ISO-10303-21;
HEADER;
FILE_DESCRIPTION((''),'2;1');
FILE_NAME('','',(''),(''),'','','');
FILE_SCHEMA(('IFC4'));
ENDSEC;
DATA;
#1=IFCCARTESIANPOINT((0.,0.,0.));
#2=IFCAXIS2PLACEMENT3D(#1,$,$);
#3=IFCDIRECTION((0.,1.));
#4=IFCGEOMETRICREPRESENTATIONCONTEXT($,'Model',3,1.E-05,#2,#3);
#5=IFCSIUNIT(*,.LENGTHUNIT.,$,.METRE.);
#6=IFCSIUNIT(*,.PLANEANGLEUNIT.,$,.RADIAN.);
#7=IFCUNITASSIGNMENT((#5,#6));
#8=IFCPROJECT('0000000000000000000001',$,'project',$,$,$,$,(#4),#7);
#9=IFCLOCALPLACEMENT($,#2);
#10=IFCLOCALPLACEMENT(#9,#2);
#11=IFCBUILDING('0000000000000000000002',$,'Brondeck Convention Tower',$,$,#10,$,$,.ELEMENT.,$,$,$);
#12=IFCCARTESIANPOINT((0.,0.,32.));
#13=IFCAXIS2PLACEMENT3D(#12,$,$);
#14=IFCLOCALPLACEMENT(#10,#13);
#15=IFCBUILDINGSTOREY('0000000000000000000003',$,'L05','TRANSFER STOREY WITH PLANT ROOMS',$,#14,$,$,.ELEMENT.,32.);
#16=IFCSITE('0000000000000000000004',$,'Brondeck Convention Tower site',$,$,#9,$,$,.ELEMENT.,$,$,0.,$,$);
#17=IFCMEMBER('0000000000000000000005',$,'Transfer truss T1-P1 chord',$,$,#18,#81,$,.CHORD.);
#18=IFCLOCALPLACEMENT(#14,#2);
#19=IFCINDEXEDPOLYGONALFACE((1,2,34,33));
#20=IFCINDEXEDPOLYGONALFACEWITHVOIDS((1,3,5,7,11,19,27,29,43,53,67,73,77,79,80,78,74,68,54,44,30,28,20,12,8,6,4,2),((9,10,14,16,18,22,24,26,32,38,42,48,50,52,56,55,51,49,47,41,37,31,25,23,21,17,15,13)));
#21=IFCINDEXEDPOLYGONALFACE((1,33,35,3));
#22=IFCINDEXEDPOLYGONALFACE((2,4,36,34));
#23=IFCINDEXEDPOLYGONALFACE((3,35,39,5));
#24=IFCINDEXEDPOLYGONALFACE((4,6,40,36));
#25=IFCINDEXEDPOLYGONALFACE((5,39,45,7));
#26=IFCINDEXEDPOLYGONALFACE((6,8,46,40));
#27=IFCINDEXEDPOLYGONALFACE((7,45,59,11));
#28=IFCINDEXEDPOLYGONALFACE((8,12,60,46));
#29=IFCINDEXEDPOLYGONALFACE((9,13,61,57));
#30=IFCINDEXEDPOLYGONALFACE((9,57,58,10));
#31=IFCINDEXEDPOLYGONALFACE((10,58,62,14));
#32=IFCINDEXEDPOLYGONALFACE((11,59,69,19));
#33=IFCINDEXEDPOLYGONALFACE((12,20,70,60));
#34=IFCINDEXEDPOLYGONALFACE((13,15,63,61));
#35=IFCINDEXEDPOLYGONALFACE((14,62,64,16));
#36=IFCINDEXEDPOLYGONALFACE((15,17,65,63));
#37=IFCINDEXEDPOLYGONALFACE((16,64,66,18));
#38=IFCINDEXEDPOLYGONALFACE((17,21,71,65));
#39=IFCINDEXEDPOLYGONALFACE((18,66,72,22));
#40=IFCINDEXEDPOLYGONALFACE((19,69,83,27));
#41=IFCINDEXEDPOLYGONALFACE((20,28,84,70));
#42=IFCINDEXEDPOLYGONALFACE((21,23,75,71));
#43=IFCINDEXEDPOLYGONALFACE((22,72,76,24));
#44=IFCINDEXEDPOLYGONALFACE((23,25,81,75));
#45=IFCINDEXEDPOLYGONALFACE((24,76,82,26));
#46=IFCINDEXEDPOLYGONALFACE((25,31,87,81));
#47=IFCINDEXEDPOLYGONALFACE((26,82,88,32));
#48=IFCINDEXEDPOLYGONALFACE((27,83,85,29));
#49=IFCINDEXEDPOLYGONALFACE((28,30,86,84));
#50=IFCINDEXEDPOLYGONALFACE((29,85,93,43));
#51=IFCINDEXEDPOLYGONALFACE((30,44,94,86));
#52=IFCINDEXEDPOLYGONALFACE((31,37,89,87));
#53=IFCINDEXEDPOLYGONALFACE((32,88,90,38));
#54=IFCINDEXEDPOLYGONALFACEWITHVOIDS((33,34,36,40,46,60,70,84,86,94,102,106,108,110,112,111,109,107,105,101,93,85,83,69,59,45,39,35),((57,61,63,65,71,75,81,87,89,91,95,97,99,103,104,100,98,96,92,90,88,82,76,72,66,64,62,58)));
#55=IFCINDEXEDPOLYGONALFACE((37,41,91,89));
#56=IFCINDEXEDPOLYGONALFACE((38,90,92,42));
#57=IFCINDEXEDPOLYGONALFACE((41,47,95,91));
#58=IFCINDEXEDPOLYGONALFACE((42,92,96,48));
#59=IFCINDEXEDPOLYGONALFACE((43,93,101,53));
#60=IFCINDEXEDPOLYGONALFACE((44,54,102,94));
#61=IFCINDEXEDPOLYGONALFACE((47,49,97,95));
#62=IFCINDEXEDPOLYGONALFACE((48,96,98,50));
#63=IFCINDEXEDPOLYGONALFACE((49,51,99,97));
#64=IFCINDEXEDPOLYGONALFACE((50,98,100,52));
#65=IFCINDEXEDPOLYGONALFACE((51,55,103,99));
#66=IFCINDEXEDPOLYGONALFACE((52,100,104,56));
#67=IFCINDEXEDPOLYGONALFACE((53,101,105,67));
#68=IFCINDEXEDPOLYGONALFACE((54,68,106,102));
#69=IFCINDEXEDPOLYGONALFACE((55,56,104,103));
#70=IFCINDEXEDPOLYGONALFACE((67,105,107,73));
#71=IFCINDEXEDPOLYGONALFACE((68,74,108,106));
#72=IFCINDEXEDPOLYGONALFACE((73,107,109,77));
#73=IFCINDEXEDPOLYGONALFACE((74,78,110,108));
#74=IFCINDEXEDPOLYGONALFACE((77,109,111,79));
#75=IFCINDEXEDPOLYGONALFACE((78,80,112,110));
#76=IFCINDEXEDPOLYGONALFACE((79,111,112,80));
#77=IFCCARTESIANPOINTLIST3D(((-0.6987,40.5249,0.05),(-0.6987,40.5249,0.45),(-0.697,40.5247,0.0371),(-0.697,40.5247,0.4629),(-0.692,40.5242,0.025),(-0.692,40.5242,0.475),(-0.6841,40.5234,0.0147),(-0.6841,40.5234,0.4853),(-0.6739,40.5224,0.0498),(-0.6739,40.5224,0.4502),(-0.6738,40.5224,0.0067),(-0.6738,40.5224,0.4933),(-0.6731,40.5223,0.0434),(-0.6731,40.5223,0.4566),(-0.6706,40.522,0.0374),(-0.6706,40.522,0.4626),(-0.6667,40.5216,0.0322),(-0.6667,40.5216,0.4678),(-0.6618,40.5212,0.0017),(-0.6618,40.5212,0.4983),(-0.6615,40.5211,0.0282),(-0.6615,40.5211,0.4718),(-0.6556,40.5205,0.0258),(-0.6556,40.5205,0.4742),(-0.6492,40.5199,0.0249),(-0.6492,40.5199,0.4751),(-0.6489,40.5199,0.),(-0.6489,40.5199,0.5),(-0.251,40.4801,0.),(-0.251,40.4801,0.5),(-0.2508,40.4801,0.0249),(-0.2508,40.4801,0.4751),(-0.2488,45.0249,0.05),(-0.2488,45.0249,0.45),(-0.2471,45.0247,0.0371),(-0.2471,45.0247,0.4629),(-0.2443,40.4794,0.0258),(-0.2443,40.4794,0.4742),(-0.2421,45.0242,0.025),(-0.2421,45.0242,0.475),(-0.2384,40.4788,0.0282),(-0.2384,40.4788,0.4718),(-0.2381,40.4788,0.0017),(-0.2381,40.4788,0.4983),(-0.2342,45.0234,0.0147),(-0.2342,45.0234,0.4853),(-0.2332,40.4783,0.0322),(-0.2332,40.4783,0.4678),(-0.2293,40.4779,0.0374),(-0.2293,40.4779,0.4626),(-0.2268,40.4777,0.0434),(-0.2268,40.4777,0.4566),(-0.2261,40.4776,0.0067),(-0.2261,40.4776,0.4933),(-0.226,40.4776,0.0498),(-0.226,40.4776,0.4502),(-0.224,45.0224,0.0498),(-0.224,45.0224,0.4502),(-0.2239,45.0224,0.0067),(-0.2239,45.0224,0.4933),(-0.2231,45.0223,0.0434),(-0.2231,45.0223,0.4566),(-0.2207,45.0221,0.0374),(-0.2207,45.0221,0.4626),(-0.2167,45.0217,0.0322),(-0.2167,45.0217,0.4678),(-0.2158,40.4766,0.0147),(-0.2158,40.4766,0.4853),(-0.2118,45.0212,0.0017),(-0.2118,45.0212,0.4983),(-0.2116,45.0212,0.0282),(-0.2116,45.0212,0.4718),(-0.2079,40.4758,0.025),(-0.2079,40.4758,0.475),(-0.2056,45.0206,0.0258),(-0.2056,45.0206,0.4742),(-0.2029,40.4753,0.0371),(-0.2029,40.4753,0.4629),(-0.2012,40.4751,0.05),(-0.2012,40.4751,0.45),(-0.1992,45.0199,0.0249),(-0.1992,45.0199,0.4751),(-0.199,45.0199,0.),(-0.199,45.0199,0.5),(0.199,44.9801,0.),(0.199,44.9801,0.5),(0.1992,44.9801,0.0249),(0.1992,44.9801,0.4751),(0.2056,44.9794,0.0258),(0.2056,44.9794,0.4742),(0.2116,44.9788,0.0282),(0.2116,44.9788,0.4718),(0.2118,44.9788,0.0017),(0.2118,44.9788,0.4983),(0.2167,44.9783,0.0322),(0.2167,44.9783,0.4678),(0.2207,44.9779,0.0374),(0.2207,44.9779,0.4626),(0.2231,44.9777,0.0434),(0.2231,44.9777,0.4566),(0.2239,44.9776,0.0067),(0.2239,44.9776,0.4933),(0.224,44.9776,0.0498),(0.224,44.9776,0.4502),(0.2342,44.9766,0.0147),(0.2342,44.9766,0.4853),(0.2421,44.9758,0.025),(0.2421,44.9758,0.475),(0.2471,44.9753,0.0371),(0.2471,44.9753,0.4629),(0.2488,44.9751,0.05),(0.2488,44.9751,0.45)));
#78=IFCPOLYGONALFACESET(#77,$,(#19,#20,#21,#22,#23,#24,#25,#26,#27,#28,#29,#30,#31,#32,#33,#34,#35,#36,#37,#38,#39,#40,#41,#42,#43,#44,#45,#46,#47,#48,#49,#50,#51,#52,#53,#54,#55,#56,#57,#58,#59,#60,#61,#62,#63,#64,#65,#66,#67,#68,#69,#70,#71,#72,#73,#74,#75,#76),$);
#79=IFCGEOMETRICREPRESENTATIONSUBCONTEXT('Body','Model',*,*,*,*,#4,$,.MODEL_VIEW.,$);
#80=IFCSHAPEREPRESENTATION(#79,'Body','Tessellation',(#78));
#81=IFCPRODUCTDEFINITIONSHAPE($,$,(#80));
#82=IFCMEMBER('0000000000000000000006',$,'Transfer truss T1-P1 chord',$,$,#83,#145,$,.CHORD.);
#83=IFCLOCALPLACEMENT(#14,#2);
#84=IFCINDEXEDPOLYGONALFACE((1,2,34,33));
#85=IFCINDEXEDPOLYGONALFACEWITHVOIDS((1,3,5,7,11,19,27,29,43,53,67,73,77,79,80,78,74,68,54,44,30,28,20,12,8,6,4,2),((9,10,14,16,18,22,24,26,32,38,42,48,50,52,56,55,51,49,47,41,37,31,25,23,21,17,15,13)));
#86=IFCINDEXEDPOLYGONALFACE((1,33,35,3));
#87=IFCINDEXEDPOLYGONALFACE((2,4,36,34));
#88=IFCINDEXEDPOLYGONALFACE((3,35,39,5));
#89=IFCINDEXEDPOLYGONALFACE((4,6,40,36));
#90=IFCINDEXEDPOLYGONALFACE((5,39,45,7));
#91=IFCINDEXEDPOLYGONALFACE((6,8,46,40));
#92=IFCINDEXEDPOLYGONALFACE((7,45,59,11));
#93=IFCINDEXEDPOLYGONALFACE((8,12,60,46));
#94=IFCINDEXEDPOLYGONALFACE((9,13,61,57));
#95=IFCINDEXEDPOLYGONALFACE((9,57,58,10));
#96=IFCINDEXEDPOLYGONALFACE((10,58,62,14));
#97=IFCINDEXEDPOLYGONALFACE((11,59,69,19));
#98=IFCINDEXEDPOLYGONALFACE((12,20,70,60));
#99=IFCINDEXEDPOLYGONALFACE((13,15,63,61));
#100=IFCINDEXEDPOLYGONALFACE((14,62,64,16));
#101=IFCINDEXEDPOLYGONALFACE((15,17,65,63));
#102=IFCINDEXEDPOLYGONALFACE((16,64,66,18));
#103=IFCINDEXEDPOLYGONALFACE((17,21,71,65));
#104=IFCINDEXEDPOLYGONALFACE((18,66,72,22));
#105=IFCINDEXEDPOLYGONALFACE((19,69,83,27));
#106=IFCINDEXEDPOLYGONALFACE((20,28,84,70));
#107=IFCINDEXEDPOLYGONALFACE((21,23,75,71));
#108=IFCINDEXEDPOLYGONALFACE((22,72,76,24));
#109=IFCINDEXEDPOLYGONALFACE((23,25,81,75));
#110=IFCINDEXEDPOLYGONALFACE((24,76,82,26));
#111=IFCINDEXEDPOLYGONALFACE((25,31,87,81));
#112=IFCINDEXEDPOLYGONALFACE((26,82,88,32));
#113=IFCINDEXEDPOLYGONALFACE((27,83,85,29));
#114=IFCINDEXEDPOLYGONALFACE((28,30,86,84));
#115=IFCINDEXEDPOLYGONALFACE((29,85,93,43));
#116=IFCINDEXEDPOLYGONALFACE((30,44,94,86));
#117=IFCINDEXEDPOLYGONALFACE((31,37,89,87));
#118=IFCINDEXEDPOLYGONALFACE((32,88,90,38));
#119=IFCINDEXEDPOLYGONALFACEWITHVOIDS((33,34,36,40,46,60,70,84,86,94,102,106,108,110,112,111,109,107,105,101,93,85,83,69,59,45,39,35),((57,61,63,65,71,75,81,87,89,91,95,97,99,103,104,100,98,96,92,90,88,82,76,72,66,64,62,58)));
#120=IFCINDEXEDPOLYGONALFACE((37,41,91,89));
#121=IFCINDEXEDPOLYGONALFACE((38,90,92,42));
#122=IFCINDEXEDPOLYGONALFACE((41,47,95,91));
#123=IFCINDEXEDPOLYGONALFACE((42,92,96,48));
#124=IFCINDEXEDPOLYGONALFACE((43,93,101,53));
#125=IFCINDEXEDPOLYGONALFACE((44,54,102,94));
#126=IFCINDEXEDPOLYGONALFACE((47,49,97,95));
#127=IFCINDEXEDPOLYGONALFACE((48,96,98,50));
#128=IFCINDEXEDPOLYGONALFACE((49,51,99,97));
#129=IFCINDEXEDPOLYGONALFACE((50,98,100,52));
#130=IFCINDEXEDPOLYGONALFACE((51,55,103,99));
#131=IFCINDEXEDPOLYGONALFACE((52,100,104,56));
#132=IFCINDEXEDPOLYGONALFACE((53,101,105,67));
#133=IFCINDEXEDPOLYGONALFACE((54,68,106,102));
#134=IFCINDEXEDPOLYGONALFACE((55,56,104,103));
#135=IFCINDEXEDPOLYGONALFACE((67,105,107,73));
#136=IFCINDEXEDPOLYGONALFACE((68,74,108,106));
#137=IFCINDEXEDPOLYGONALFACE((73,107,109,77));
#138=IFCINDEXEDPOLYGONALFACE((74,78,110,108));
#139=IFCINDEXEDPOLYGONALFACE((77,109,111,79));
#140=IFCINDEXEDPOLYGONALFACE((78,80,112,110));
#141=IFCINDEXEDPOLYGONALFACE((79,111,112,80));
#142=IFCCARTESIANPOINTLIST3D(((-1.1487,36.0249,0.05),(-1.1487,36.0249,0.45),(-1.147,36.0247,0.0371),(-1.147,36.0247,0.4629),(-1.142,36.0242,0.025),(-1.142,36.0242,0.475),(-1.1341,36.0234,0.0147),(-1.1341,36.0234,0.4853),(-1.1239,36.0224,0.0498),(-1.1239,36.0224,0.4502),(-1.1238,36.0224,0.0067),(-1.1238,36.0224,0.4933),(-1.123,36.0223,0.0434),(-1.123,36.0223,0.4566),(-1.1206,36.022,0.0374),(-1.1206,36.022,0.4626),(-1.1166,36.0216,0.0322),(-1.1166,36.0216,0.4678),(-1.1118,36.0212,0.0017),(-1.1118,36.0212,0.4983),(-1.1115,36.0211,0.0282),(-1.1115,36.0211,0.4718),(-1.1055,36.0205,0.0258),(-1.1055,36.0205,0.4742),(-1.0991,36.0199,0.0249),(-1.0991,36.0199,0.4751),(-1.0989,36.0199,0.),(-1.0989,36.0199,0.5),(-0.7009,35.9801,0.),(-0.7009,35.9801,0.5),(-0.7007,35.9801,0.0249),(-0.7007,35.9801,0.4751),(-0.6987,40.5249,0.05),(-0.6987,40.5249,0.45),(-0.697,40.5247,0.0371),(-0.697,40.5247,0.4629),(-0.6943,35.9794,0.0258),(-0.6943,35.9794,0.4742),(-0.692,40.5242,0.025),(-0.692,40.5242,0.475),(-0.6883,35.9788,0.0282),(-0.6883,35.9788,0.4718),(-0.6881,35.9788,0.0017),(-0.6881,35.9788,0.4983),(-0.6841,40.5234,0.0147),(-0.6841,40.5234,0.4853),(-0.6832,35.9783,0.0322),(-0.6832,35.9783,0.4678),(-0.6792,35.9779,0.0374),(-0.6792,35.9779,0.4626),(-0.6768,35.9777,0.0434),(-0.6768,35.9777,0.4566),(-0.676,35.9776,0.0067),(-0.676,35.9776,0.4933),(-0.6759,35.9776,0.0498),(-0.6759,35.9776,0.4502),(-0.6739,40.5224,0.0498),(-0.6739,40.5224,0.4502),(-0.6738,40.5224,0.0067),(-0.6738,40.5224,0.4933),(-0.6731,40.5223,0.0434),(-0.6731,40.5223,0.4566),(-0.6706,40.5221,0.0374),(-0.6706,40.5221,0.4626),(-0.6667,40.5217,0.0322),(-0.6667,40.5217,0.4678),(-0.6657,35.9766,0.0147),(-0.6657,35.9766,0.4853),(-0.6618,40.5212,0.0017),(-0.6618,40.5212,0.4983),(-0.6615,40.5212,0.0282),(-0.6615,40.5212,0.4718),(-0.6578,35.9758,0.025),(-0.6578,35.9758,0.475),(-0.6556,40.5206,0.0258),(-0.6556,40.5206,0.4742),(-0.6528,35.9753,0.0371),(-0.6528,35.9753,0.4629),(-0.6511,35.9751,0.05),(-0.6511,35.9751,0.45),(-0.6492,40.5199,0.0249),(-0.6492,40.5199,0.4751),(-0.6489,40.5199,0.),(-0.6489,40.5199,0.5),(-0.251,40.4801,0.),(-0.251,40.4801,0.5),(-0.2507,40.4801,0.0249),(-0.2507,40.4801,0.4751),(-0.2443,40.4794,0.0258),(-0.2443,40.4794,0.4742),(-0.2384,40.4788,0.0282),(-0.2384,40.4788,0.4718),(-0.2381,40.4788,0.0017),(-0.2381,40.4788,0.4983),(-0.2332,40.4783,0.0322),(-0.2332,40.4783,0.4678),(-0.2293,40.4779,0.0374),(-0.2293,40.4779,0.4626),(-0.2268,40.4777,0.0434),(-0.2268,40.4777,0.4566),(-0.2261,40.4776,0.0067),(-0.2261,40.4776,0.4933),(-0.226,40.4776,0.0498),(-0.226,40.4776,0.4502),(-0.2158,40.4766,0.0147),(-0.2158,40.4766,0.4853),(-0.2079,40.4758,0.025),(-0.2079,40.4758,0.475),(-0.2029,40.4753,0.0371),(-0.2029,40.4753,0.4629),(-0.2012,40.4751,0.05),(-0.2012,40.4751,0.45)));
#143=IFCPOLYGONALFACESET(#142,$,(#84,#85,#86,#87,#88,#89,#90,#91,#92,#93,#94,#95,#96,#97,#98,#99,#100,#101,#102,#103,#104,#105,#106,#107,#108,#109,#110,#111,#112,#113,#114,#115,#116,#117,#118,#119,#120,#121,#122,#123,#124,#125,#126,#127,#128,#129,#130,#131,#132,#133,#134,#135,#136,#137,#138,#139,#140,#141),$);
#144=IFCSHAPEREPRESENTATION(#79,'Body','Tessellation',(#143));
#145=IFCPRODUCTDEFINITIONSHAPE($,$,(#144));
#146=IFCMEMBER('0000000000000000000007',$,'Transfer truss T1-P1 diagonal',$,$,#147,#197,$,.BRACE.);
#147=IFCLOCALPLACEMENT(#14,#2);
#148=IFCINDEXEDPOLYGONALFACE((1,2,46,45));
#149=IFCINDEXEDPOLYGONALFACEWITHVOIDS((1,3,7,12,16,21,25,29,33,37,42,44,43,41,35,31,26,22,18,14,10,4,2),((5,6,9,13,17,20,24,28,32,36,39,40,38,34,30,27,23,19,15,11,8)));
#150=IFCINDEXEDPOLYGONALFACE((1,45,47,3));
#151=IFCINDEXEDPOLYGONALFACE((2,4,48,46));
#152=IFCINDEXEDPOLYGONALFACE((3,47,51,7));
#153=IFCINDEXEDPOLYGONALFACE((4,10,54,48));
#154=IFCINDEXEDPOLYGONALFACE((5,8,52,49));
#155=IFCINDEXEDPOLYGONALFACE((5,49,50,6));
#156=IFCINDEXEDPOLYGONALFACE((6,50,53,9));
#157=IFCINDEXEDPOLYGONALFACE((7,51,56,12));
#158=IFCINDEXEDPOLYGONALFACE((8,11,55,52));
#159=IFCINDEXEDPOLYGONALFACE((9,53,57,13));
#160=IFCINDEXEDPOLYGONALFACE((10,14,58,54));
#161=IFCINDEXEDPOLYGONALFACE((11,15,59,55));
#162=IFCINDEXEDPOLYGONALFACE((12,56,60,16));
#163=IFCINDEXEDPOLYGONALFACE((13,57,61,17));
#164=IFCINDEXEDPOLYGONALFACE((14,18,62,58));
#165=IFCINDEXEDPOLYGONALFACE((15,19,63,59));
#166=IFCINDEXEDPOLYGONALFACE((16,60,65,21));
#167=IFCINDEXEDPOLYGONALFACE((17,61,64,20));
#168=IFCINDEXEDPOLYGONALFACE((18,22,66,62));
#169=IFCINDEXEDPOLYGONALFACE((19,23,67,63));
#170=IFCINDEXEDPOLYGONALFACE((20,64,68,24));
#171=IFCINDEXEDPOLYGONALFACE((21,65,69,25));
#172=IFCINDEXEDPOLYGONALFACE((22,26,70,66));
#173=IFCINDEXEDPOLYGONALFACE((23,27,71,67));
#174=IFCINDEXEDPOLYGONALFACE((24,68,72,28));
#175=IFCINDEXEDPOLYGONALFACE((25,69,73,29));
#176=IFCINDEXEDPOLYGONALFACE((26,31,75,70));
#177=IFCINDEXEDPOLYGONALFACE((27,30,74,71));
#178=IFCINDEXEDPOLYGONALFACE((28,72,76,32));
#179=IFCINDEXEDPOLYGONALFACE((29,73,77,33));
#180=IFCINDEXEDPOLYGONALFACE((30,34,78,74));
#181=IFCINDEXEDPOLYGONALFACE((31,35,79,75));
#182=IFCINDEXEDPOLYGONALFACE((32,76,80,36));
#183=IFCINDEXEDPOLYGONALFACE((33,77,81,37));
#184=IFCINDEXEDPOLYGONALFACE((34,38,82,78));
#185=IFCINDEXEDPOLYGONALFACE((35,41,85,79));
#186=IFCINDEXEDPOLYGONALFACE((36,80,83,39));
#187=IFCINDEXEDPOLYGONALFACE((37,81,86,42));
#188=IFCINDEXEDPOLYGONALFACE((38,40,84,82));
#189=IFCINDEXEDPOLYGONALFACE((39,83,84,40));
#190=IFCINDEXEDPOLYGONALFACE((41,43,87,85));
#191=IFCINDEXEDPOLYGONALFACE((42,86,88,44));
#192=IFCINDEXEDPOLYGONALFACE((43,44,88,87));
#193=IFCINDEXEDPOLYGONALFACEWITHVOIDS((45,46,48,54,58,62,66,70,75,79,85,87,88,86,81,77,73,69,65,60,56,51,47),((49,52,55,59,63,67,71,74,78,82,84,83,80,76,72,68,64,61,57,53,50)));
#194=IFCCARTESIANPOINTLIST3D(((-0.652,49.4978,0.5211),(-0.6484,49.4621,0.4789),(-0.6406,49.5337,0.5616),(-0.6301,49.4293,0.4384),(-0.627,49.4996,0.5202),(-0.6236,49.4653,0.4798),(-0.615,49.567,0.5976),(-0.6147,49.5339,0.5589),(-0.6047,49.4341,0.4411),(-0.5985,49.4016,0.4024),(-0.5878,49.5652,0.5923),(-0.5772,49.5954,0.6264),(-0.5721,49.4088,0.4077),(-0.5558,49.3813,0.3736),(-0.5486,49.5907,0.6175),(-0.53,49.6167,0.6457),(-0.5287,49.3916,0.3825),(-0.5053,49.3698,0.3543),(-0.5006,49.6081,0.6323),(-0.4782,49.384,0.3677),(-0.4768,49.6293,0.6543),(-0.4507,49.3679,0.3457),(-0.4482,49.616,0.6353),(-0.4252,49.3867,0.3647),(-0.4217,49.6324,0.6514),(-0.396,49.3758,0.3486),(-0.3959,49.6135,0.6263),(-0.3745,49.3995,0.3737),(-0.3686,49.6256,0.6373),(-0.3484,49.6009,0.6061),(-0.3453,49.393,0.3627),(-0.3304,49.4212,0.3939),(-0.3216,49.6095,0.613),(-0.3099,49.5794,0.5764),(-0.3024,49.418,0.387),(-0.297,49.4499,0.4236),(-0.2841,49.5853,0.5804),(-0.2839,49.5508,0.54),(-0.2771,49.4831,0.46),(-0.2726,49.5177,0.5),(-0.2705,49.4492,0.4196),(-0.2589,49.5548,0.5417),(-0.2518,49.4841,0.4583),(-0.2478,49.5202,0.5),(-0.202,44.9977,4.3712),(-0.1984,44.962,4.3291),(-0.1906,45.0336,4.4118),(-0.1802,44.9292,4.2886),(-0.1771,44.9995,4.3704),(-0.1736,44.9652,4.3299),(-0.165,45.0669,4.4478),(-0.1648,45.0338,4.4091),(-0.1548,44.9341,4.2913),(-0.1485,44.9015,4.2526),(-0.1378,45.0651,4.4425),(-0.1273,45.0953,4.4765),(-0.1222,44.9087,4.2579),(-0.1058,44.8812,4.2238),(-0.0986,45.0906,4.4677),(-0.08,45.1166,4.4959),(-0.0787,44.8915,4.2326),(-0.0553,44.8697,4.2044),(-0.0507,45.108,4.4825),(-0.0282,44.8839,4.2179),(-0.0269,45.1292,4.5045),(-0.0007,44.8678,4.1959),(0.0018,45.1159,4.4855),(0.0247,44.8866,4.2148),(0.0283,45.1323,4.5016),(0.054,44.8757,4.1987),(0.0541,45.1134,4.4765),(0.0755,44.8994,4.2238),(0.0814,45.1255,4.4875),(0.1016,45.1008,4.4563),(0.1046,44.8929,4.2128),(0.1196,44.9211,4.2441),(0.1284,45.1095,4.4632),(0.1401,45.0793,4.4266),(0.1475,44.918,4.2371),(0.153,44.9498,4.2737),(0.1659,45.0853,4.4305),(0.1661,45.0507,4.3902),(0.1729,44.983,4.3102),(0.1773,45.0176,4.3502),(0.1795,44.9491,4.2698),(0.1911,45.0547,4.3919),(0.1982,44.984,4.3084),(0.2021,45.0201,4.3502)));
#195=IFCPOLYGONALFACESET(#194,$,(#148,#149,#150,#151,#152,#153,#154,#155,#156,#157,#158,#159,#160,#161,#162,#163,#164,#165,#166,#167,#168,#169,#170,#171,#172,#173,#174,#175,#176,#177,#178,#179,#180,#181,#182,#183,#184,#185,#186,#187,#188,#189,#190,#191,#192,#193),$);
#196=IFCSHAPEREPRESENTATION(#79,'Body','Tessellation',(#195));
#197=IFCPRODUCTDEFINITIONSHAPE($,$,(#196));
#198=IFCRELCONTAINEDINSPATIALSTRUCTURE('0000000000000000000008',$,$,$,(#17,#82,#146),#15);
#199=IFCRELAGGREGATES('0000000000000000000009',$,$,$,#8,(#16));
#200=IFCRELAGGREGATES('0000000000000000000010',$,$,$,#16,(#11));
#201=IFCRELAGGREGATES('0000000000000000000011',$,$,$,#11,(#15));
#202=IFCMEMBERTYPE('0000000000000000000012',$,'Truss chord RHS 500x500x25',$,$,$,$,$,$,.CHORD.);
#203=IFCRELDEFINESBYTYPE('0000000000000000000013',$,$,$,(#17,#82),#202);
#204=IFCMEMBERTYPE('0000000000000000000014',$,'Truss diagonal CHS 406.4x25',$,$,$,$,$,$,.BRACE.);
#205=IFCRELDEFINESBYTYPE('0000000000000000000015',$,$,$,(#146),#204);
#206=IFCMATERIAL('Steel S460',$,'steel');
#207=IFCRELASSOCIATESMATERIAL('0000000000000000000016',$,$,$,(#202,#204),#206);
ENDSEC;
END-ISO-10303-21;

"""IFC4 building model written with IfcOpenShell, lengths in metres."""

from ifc_helpers import new_model, si_unit, direction, frame, origin, origin_2d, place, context, subcontext, project, spatial, hollow_rectangle, hollow_circle, extrude, material, material_profile, profile_set, type_object, element, save


model = new_model("IFC4")

# Units and contexts
model_context = context("Model", 3, precision=1e-05, world=origin(), true_north=direction((0.0, 1.0)))
body_context = subcontext(model_context, "Body", "Model", "MODEL_VIEW")
ifc_project = project(units=[si_unit("LENGTHUNIT", "METRE"), si_unit("PLANEANGLEUNIT", "RADIAN")], contexts=[model_context])

# Site, building, storey
site_placement = place(None, origin())
site = spatial("IfcSite", under=ifc_project, at=site_placement, Name="Brondeck Convention Tower site", CompositionType="ELEMENT", RefElevation=0.0)
building_placement = place(site_placement, origin())
building = spatial("IfcBuilding", under=site, at=building_placement, Name="Brondeck Convention Tower", CompositionType="ELEMENT")
storey_placement = place(building_placement, frame((0.0, 0.0, 32.0)))
storey = spatial("IfcBuildingStorey", under=building, at=storey_placement, Name="L05", Description="TRANSFER STOREY WITH PLANT ROOMS", CompositionType="ELEMENT", Elevation=32.0)

# Shared definitions
ifc_material_1 = material(Name="Steel S460", Category="steel")

# Members
ifc_material_profile_1 = material_profile(ifc_material_1, hollow_rectangle(XDim=0.5, YDim=0.5, WallThickness=0.0249, InnerFilletRadius=0.0249, OuterFilletRadius=0.05, at=origin_2d()), Name="RHS 500x500x25")
ifc_profile_set_1 = profile_set([ifc_material_profile_1], Name="Steel S460")
member_type_1 = type_object("IfcMemberType", Name="Truss chord RHS 500x500x25", PredefinedType="CHORD", material=ifc_profile_set_1)
for number, where, z_axis, x_axis, name in (
    (1, (0.0, 45.0, 0.25), (-0.099493, -0.995038, 0.0), (0.995038, -0.099493, 0.0), "Transfer truss T1-P1 chord"),
    (2, (-0.45, 40.5, 0.25), (-0.099493, -0.995038, 0.0), (0.995038, -0.099493, 0.0), "Transfer truss T1-P1 chord"),
):
    element("IfcMember", number, at=place(storey_placement, frame(where, z_axis=z_axis, x_axis=x_axis)), inside=storey, type_object=member_type_1, Name=name, PredefinedType="CHORD", context=body_context, shape_type="SweptSolid", body=[
        extrude(hollow_rectangle(XDim=0.5, YDim=0.5, WallThickness=0.0249, InnerFilletRadius=0.0249, OuterFilletRadius=0.05, at=origin_2d()), origin(), (0.0, 0.0, 1.0), 4.5225),
    ])
ifc_material_profile_2 = material_profile(ifc_material_1, hollow_circle(Radius=0.2031, WallThickness=0.0249, at=origin_2d()), Name="CHS 406.4x25")
ifc_profile_set_2 = profile_set([ifc_material_profile_2], Name="Steel S460")
member_type_2 = type_object("IfcMemberType", Name="Truss diagonal CHS 406.4x25", PredefinedType="BRACE", material=ifc_profile_set_2)
for number, where, z_axis, x_axis, name in (
    (3, (-0.45, 49.5, 0.5), (0.075758, -0.75766, 0.648237), (0.995038, 0.099493, 0.0), "Transfer truss T1-P1 diagonal"),
):
    element("IfcMember", number, at=place(storey_placement, frame(where, z_axis=z_axis, x_axis=x_axis)), inside=storey, type_object=member_type_2, Name=name, PredefinedType="BRACE", context=body_context, shape_type="SweptSolid", body=[
        extrude(hollow_circle(Radius=0.2031, WallThickness=0.0249, at=origin_2d()), origin(), (0.0, 0.0, 1.0), 5.9395),
    ])

save(model, "model.ifc")
